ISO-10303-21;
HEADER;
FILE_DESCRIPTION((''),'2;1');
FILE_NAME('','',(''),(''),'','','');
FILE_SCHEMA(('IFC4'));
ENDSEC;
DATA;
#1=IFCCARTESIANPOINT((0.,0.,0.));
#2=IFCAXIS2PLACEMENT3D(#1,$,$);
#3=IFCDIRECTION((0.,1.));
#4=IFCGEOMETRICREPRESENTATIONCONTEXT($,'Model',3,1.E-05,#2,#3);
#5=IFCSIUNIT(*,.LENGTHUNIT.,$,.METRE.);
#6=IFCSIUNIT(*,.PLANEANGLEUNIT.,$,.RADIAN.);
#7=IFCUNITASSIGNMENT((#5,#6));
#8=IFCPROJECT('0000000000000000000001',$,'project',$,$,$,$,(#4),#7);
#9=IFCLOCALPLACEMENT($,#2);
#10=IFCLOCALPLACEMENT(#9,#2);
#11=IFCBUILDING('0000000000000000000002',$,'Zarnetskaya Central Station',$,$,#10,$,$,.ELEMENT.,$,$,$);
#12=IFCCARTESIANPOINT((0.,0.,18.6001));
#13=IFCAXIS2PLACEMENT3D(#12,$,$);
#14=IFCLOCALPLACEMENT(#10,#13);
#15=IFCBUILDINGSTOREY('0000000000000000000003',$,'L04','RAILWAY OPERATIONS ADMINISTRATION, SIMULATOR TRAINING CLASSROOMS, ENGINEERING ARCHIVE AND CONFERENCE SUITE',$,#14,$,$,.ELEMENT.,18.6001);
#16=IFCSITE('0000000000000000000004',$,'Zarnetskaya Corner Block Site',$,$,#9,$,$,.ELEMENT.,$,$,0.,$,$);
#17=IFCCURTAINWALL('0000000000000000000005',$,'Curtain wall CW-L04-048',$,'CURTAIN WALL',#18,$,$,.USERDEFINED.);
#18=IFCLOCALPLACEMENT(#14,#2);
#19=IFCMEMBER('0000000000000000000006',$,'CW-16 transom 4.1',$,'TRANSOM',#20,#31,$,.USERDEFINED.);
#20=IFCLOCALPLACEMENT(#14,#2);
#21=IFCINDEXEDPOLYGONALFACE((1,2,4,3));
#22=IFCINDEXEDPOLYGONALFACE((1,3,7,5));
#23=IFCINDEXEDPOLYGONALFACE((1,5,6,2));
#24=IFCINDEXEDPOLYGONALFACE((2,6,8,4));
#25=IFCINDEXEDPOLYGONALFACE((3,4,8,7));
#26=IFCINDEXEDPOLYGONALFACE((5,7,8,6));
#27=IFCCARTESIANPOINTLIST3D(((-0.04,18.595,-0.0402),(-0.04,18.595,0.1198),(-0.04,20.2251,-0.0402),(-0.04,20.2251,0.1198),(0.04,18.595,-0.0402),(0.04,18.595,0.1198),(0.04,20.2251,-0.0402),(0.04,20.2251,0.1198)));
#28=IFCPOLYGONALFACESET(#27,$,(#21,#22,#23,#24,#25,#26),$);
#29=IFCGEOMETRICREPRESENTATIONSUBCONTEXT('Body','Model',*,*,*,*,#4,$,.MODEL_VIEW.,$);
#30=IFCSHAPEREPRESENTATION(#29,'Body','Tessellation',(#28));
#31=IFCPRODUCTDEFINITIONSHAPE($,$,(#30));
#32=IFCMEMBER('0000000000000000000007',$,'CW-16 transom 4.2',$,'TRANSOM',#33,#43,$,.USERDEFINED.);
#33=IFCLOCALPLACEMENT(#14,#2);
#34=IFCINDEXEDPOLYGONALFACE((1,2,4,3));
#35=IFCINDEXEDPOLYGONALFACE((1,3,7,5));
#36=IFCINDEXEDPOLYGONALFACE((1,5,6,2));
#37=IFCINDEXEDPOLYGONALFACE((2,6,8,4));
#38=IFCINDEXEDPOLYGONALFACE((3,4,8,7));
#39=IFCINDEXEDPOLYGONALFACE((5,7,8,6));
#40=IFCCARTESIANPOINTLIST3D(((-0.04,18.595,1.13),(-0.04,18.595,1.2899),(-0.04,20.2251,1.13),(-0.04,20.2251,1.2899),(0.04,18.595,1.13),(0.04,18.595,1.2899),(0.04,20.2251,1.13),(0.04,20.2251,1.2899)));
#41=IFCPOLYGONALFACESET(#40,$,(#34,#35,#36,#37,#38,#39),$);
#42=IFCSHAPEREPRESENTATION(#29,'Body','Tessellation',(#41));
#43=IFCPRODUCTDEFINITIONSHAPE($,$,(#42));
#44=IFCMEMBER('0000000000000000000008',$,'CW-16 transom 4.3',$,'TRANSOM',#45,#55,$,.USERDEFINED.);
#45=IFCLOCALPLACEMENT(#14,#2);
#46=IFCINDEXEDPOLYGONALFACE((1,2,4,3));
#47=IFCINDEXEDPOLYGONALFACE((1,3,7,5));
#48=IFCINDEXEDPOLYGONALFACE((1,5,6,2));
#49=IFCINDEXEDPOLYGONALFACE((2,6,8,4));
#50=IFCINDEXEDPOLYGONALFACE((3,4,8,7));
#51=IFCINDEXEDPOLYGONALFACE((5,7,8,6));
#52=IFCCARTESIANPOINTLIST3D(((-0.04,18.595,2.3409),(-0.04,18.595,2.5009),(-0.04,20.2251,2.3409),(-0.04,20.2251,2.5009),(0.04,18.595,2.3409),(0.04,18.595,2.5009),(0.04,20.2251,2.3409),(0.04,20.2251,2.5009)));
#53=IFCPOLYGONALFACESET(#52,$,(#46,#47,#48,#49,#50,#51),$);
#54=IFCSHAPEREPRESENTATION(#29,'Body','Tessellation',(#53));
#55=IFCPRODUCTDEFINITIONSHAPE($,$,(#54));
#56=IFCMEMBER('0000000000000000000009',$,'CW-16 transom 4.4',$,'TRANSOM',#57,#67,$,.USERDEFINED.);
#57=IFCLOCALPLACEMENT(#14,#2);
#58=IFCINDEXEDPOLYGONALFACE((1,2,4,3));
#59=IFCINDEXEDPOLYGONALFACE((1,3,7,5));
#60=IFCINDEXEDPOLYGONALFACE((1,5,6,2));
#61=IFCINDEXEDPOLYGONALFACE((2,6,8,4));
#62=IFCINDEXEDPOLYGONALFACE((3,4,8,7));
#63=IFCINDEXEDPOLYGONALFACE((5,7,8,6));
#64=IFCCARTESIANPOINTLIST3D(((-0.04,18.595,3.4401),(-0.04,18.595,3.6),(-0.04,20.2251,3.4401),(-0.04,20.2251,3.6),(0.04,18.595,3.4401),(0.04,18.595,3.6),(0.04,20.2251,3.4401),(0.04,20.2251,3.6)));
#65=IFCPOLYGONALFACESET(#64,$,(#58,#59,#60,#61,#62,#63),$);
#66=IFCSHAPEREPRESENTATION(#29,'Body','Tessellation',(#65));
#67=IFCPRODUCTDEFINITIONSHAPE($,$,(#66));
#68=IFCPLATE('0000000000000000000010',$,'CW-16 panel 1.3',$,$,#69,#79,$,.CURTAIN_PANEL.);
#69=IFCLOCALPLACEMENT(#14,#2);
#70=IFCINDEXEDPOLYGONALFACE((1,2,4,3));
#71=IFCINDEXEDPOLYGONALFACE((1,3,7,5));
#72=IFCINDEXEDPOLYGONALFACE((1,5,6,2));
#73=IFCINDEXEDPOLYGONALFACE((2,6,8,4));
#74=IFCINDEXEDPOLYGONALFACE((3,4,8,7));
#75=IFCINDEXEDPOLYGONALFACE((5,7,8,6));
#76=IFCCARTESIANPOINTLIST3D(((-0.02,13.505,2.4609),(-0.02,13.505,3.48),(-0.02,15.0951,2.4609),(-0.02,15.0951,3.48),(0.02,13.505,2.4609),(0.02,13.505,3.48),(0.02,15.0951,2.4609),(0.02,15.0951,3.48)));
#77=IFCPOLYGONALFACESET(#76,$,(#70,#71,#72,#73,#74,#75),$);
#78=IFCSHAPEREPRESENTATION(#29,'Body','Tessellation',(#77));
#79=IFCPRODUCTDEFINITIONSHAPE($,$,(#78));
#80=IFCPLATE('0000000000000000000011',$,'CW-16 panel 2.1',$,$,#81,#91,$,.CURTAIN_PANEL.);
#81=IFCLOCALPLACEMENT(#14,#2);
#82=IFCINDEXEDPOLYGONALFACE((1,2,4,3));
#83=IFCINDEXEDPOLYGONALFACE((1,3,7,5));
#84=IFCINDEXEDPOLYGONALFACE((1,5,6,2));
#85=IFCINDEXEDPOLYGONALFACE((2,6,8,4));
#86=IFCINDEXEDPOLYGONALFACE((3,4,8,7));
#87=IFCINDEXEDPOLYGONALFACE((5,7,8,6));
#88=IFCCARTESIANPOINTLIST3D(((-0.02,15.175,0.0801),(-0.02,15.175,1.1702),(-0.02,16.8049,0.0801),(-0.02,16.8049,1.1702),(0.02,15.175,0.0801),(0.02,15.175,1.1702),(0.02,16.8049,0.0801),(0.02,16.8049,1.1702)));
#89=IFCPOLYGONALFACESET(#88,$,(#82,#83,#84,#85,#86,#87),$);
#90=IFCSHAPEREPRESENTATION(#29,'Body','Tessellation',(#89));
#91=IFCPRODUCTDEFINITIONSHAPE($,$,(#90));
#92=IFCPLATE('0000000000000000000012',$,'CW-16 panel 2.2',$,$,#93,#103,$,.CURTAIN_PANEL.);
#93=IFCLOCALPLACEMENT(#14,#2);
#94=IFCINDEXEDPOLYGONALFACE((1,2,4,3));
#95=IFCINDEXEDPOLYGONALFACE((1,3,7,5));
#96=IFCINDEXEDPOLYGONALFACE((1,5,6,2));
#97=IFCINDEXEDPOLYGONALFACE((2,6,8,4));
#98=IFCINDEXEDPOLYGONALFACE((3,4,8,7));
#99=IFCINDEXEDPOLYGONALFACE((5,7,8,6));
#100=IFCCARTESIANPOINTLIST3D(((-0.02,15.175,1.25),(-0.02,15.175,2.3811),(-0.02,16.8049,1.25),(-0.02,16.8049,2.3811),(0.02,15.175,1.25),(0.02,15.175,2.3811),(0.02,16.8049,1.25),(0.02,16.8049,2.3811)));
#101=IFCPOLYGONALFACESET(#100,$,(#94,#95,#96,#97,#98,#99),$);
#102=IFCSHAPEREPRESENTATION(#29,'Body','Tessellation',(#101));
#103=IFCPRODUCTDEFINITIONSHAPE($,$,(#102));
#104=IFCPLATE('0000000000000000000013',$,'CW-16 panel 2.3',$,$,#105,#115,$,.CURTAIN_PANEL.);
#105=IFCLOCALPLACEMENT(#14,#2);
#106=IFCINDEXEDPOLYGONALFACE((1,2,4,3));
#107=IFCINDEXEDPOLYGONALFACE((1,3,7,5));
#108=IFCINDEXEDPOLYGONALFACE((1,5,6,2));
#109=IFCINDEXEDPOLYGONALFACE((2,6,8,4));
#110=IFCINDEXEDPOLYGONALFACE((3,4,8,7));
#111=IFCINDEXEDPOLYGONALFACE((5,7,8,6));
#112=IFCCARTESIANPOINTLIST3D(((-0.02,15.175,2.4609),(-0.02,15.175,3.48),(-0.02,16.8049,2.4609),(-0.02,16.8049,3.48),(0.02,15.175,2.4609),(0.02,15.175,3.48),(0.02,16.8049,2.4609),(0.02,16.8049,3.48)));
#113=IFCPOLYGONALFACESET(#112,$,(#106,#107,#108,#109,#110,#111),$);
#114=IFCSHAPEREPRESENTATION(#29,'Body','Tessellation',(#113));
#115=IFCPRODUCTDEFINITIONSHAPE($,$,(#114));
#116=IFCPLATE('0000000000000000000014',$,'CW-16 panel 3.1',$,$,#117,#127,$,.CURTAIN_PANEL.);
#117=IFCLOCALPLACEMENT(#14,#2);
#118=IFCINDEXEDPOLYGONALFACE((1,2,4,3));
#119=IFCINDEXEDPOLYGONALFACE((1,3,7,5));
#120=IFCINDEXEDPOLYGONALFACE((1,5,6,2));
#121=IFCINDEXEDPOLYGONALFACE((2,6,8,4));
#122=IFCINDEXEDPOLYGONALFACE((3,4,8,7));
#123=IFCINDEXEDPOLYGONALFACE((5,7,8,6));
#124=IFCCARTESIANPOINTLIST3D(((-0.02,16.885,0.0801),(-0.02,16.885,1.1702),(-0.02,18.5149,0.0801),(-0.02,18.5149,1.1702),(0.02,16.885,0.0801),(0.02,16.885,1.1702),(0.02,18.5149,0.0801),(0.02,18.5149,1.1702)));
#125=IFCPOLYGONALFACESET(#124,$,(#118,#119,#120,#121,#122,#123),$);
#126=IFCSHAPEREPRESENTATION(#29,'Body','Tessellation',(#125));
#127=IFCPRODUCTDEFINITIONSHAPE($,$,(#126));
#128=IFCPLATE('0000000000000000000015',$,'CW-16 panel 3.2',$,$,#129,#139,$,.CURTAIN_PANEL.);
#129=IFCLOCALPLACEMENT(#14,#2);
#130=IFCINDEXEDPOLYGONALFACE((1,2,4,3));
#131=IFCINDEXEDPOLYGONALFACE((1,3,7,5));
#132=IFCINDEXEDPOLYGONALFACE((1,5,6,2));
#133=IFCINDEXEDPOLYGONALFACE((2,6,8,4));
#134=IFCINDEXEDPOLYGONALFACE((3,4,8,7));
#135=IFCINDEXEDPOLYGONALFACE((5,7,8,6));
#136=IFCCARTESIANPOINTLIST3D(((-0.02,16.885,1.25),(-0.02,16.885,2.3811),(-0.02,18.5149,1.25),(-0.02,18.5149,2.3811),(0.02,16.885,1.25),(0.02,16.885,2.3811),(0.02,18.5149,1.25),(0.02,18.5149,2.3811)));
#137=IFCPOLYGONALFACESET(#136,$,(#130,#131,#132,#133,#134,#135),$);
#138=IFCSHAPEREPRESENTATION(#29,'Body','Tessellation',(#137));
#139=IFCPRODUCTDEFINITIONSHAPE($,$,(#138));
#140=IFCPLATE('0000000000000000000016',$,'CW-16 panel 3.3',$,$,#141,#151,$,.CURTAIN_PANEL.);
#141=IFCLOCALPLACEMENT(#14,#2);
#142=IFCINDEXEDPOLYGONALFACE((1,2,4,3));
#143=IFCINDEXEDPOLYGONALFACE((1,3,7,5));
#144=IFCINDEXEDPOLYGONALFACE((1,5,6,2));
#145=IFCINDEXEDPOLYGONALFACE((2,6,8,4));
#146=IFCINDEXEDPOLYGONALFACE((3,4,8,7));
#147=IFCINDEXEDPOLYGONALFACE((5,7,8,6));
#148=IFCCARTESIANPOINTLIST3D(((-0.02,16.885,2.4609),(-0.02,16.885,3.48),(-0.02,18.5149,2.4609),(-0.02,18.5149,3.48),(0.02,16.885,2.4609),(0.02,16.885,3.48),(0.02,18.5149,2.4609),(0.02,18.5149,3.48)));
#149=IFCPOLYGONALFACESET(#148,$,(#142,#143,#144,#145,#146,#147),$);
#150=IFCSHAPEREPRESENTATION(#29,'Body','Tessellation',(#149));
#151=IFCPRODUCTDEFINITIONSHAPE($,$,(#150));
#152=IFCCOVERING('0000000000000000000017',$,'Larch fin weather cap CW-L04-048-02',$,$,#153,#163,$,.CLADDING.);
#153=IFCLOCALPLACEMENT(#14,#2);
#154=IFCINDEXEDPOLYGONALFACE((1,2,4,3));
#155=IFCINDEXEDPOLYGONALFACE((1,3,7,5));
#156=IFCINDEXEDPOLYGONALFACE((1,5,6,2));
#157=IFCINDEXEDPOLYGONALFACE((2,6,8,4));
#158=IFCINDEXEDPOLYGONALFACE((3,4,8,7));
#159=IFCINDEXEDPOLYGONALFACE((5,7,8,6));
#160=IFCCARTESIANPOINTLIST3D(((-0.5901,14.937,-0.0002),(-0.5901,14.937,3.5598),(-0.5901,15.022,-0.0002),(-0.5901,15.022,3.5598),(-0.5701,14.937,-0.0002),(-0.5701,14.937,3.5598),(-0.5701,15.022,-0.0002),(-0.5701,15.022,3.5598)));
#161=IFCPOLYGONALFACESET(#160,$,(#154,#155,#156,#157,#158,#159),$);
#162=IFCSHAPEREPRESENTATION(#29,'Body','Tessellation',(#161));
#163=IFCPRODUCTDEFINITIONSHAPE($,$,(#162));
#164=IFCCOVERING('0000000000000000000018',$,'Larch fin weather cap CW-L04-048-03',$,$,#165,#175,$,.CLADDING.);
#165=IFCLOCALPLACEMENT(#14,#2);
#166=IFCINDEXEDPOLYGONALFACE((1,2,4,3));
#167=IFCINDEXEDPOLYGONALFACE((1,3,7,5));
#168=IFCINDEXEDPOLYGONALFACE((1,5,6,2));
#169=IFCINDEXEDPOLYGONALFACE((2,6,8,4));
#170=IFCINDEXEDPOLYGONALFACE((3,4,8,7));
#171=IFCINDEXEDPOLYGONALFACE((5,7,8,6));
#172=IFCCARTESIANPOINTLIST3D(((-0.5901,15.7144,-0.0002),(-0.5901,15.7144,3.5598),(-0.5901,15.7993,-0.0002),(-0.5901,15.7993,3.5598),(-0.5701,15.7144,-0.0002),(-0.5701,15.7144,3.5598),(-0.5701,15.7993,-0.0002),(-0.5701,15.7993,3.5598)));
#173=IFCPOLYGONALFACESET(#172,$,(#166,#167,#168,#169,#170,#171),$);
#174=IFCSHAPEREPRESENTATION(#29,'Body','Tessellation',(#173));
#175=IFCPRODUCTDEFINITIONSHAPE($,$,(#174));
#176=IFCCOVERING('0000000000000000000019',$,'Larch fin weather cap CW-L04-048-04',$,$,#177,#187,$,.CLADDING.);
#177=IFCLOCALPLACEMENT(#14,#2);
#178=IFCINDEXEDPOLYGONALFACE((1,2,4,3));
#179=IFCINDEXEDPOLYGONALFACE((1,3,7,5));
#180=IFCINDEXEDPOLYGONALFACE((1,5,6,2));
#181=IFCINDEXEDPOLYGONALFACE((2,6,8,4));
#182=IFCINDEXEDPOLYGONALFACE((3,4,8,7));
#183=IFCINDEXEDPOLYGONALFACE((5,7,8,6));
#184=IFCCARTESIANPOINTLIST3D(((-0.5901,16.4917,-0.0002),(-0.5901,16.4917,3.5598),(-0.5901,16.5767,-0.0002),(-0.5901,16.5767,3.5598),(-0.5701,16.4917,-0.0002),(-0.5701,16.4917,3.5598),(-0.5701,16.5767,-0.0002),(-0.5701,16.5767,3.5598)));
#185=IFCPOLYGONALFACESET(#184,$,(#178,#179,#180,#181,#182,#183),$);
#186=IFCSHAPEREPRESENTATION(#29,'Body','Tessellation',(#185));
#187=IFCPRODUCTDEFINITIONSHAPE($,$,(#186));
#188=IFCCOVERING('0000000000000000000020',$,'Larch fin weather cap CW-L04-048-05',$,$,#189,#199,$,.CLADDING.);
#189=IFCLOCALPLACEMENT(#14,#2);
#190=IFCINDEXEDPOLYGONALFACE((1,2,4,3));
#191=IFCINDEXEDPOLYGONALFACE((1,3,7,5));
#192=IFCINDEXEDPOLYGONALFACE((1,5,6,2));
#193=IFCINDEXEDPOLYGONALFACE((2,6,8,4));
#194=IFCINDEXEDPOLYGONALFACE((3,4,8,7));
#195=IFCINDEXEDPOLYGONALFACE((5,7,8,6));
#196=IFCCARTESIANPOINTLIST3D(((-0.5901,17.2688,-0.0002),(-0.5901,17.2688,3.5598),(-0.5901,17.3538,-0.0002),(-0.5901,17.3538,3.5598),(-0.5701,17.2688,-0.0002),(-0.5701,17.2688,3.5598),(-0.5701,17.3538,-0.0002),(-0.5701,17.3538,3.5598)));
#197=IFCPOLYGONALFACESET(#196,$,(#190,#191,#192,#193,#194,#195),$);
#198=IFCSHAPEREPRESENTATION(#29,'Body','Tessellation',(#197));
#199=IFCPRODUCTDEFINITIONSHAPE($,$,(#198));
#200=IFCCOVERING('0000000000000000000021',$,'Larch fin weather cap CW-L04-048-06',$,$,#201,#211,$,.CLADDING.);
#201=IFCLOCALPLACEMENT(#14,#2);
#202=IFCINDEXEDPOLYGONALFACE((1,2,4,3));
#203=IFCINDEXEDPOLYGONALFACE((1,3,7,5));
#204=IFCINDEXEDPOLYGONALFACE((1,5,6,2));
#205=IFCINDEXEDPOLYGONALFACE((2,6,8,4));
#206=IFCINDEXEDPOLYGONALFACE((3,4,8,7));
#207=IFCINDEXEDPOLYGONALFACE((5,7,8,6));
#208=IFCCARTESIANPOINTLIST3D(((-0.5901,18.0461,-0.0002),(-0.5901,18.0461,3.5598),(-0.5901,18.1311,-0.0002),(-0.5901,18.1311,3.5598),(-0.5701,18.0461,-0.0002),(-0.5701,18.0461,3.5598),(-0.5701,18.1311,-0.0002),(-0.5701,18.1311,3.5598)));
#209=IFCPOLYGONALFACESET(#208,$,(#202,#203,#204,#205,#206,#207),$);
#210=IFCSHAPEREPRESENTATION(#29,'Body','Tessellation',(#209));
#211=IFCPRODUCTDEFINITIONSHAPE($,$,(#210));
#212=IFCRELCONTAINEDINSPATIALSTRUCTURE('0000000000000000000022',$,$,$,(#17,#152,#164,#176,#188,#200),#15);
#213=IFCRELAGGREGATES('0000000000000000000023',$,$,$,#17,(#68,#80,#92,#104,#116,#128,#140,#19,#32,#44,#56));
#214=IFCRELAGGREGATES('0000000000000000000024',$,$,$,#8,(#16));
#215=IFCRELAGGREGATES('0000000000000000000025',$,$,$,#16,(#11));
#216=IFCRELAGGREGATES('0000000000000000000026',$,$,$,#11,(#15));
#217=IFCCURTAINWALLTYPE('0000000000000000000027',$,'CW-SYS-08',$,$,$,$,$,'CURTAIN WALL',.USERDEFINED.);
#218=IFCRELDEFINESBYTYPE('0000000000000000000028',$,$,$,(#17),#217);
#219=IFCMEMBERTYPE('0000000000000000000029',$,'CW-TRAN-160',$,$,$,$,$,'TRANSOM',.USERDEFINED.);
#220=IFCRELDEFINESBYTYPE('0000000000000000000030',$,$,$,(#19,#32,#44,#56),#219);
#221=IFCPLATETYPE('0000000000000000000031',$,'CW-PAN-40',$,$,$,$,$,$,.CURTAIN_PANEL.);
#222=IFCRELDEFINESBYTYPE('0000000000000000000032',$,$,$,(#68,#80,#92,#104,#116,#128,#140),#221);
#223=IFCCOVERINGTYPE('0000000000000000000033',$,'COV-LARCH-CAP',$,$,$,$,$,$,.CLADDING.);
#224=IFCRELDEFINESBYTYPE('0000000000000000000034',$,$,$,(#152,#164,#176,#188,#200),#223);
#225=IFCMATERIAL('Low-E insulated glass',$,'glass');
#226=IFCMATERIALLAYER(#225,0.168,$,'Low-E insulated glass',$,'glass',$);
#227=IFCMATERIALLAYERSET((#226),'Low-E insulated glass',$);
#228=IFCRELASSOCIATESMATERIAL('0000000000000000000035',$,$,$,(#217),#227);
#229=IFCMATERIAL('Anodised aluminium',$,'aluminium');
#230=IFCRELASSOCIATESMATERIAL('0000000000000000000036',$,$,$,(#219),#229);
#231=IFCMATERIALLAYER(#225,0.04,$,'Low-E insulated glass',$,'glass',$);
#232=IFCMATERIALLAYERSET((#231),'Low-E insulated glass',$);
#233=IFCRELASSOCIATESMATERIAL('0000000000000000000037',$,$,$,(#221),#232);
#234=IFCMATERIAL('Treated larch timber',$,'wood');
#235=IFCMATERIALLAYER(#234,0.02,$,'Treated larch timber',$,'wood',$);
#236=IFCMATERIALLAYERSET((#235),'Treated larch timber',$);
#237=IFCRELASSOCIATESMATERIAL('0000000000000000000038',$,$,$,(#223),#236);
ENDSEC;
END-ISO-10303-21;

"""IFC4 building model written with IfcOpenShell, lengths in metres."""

from ifc_helpers import new_model, si_unit, direction, frame, origin, origin_2d, place, context, subcontext, project, spatial, rectangle, extrude, material, layer, layer_set, material_profile, profile_set, type_object, element, aggregate, save


model = new_model("IFC4")

# Units and contexts
model_context = context("Model", 3, precision=1e-05, world=origin(), true_north=direction((0.0, 1.0)))
body_context = subcontext(model_context, "Body", "Model", "MODEL_VIEW")
ifc_project = project(units=[si_unit("LENGTHUNIT", "METRE"), si_unit("PLANEANGLEUNIT", "RADIAN")], contexts=[model_context])

# Site, building, storey
site_placement = place(None, origin())
site = spatial("IfcSite", under=ifc_project, at=site_placement, Name="Zarnetskaya Corner Block Site", CompositionType="ELEMENT", RefElevation=0.0)
building_placement = place(site_placement, origin())
building = spatial("IfcBuilding", under=site, at=building_placement, Name="Zarnetskaya Central Station", CompositionType="ELEMENT")
storey_placement = place(building_placement, frame((0.0, 0.0, 18.6001)))
storey = spatial("IfcBuildingStorey", under=building, at=storey_placement, Name="L04", Description="RAILWAY OPERATIONS ADMINISTRATION, SIMULATOR TRAINING CLASSROOMS, ENGINEERING ARCHIVE AND CONFERENCE SUITE", CompositionType="ELEMENT", Elevation=18.6001)

# Curtain wall, members, plates
ifc_material_1 = material(Name="Low-E insulated glass", Category="glass")
ifc_layer_1 = layer(ifc_material_1, 0.168, Name="Low-E insulated glass", Category="glass")
ifc_layer_set_1 = layer_set([ifc_layer_1], Name="Low-E insulated glass")
curtain_wall_type = type_object("IfcCurtainWallType", Name="CW-SYS-08", ElementType="CURTAIN WALL", PredefinedType="USERDEFINED", material=ifc_layer_set_1)
curtain_wall_placement = place(storey_placement, origin())
curtain_wall = element("IfcCurtainWall", 1, at=curtain_wall_placement, inside=storey, type_object=curtain_wall_type, Name="Curtain wall CW-L04-048", ObjectType="CURTAIN WALL", PredefinedType="USERDEFINED")
ifc_material_2 = material(Name="Anodised aluminium", Category="aluminium")
ifc_material_profile_1 = material_profile(ifc_material_2, rectangle(XDim=0.0801, YDim=0.1599, at=origin_2d()), Name="ALU TRAN 80x160")
ifc_profile_set_1 = profile_set([ifc_material_profile_1], Name="Anodised aluminium")
member_type_1 = type_object("IfcMemberType", Name="CW-TRAN-160", ElementType="TRANSOM", PredefinedType="USERDEFINED", material=ifc_profile_set_1)
member_1_placement = place(storey_placement, frame((0.0, 18.595, 0.0398), z_axis=(0.0, 1.0, 0.0), x_axis=(-1.0, 0.0, 0.0)))
member_1 = element("IfcMember", 2, at=member_1_placement, type_object=member_type_1, Name="CW-16 transom 4.1", ObjectType="TRANSOM", PredefinedType="USERDEFINED", context=body_context, shape_type="SweptSolid", body=[
    extrude(rectangle(XDim=0.0801, YDim=0.1599, at=origin_2d()), origin(), (0.0, 0.0, 1.0), 1.6301),
])
member_2_placement = place(storey_placement, frame((0.0, 18.595, 1.21), z_axis=(0.0, 1.0, 0.0), x_axis=(-1.0, 0.0, 0.0)))
member_2 = element("IfcMember", 3, at=member_2_placement, type_object=member_type_1, Name="CW-16 transom 4.2", ObjectType="TRANSOM", PredefinedType="USERDEFINED", context=body_context, shape_type="SweptSolid", body=[
    extrude(rectangle(XDim=0.0801, YDim=0.1599, at=origin_2d()), origin(), (0.0, 0.0, 1.0), 1.6301),
])
member_3_placement = place(storey_placement, frame((0.0, 18.595, 2.4209), z_axis=(0.0, 1.0, 0.0), x_axis=(-1.0, 0.0, 0.0)))
member_3 = element("IfcMember", 4, at=member_3_placement, type_object=member_type_1, Name="CW-16 transom 4.3", ObjectType="TRANSOM", PredefinedType="USERDEFINED", context=body_context, shape_type="SweptSolid", body=[
    extrude(rectangle(XDim=0.0801, YDim=0.1599, at=origin_2d()), origin(), (0.0, 0.0, 1.0), 1.6301),
])
member_4_placement = place(storey_placement, frame((0.0, 18.595, 3.52), z_axis=(0.0, 1.0, 0.0), x_axis=(-1.0, 0.0, 0.0)))
member_4 = element("IfcMember", 5, at=member_4_placement, type_object=member_type_1, Name="CW-16 transom 4.4", ObjectType="TRANSOM", PredefinedType="USERDEFINED", context=body_context, shape_type="SweptSolid", body=[
    extrude(rectangle(XDim=0.0801, YDim=0.1599, at=origin_2d()), origin(), (0.0, 0.0, 1.0), 1.6301),
])
ifc_layer_2 = layer(ifc_material_1, 0.04, Name="Low-E insulated glass", Category="glass")
ifc_layer_set_2 = layer_set([ifc_layer_2], Name="Low-E insulated glass")
plate_type = type_object("IfcPlateType", Name="CW-PAN-40", PredefinedType="CURTAIN_PANEL", material=ifc_layer_set_2)
plate_1_placement = place(storey_placement, frame((0.0, 14.3, 2.4609), z_axis=(0.0, 0.0, 1.0), x_axis=(0.0, 1.0, 0.0)))
plate_1 = element("IfcPlate", 6, at=plate_1_placement, type_object=plate_type, Name="CW-16 panel 1.3", PredefinedType="CURTAIN_PANEL", context=body_context, shape_type="SweptSolid", body=[
    extrude(rectangle(XDim=1.5901, YDim=0.04, at=origin_2d()), origin(), (0.0, 0.0, 1.0), 1.019),
])
plate_2_placement = place(storey_placement, frame((0.0, 15.99, 0.0801), z_axis=(0.0, 0.0, 1.0), x_axis=(0.0, 1.0, 0.0)))
plate_2 = element("IfcPlate", 7, at=plate_2_placement, type_object=plate_type, Name="CW-16 panel 2.1", PredefinedType="CURTAIN_PANEL", context=body_context, shape_type="SweptSolid", body=[
    extrude(rectangle(XDim=1.6299, YDim=0.04, at=origin_2d()), origin(), (0.0, 0.0, 1.0), 1.0901),
])
plate_3_placement = place(storey_placement, frame((0.0, 15.99, 1.25), z_axis=(0.0, 0.0, 1.0), x_axis=(0.0, 1.0, 0.0)))
plate_3 = element("IfcPlate", 8, at=plate_3_placement, type_object=plate_type, Name="CW-16 panel 2.2", PredefinedType="CURTAIN_PANEL", context=body_context, shape_type="SweptSolid", body=[
    extrude(rectangle(XDim=1.6299, YDim=0.04, at=origin_2d()), origin(), (0.0, 0.0, 1.0), 1.1311),
])
plate_4_placement = place(storey_placement, frame((0.0, 15.99, 2.4609), z_axis=(0.0, 0.0, 1.0), x_axis=(0.0, 1.0, 0.0)))
plate_4 = element("IfcPlate", 9, at=plate_4_placement, type_object=plate_type, Name="CW-16 panel 2.3", PredefinedType="CURTAIN_PANEL", context=body_context, shape_type="SweptSolid", body=[
    extrude(rectangle(XDim=1.6299, YDim=0.04, at=origin_2d()), origin(), (0.0, 0.0, 1.0), 1.019),
])
plate_5_placement = place(storey_placement, frame((0.0, 17.7, 0.0801), z_axis=(0.0, 0.0, 1.0), x_axis=(0.0, 1.0, 0.0)))
plate_5 = element("IfcPlate", 10, at=plate_5_placement, type_object=plate_type, Name="CW-16 panel 3.1", PredefinedType="CURTAIN_PANEL", context=body_context, shape_type="SweptSolid", body=[
    extrude(rectangle(XDim=1.6299, YDim=0.04, at=origin_2d()), origin(), (0.0, 0.0, 1.0), 1.0901),
])
plate_6_placement = place(storey_placement, frame((0.0, 17.7, 1.25), z_axis=(0.0, 0.0, 1.0), x_axis=(0.0, 1.0, 0.0)))
plate_6 = element("IfcPlate", 11, at=plate_6_placement, type_object=plate_type, Name="CW-16 panel 3.2", PredefinedType="CURTAIN_PANEL", context=body_context, shape_type="SweptSolid", body=[
    extrude(rectangle(XDim=1.6299, YDim=0.04, at=origin_2d()), origin(), (0.0, 0.0, 1.0), 1.1311),
])
plate_7_placement = place(storey_placement, frame((0.0, 17.7, 2.4609), z_axis=(0.0, 0.0, 1.0), x_axis=(0.0, 1.0, 0.0)))
plate_7 = element("IfcPlate", 12, at=plate_7_placement, type_object=plate_type, Name="CW-16 panel 3.3", PredefinedType="CURTAIN_PANEL", context=body_context, shape_type="SweptSolid", body=[
    extrude(rectangle(XDim=1.6299, YDim=0.04, at=origin_2d()), origin(), (0.0, 0.0, 1.0), 1.019),
])
aggregate(curtain_wall, [plate_1, plate_2, plate_3, plate_4, plate_5, plate_6, plate_7, member_1, member_2, member_3, member_4])

# Coverings
ifc_material_3 = material(Name="Treated larch timber", Category="wood")
ifc_layer_3 = layer(ifc_material_3, 0.02, Name="Treated larch timber", Category="wood")
ifc_layer_set_3 = layer_set([ifc_layer_3], Name="Treated larch timber")
covering_type = type_object("IfcCoveringType", Name="COV-LARCH-CAP", PredefinedType="CLADDING", material=ifc_layer_set_3)
for number, where, z_axis, x_axis, name in (
    (13, (-0.5801, 14.9795, -0.0002), (0.0, 0.0, 1.0), (0.0, 1.0, 0.0), "Larch fin weather cap CW-L04-048-02"),
    (14, (-0.5801, 15.7568, -0.0002), (0.0, 0.0, 1.0), (0.0, 1.0, 0.0), "Larch fin weather cap CW-L04-048-03"),
    (15, (-0.5801, 16.5342, -0.0002), (0.0, 0.0, 1.0), (0.0, 1.0, 0.0), "Larch fin weather cap CW-L04-048-04"),
    (16, (-0.5801, 17.3113, -0.0002), (0.0, 0.0, 1.0), (0.0, 1.0, 0.0), "Larch fin weather cap CW-L04-048-05"),
    (17, (-0.5801, 18.0886, -0.0002), (0.0, 0.0, 1.0), (0.0, 1.0, 0.0), "Larch fin weather cap CW-L04-048-06"),
):
    element("IfcCovering", number, at=place(storey_placement, frame(where, z_axis=z_axis, x_axis=x_axis)), inside=storey, type_object=covering_type, Name=name, PredefinedType="CLADDING", context=body_context, shape_type="SweptSolid", body=[
        extrude(rectangle(XDim=0.085, YDim=0.02, at=origin_2d()), origin(), (0.0, 0.0, 1.0), 3.5601),
    ])

save(model, "model.ifc")
